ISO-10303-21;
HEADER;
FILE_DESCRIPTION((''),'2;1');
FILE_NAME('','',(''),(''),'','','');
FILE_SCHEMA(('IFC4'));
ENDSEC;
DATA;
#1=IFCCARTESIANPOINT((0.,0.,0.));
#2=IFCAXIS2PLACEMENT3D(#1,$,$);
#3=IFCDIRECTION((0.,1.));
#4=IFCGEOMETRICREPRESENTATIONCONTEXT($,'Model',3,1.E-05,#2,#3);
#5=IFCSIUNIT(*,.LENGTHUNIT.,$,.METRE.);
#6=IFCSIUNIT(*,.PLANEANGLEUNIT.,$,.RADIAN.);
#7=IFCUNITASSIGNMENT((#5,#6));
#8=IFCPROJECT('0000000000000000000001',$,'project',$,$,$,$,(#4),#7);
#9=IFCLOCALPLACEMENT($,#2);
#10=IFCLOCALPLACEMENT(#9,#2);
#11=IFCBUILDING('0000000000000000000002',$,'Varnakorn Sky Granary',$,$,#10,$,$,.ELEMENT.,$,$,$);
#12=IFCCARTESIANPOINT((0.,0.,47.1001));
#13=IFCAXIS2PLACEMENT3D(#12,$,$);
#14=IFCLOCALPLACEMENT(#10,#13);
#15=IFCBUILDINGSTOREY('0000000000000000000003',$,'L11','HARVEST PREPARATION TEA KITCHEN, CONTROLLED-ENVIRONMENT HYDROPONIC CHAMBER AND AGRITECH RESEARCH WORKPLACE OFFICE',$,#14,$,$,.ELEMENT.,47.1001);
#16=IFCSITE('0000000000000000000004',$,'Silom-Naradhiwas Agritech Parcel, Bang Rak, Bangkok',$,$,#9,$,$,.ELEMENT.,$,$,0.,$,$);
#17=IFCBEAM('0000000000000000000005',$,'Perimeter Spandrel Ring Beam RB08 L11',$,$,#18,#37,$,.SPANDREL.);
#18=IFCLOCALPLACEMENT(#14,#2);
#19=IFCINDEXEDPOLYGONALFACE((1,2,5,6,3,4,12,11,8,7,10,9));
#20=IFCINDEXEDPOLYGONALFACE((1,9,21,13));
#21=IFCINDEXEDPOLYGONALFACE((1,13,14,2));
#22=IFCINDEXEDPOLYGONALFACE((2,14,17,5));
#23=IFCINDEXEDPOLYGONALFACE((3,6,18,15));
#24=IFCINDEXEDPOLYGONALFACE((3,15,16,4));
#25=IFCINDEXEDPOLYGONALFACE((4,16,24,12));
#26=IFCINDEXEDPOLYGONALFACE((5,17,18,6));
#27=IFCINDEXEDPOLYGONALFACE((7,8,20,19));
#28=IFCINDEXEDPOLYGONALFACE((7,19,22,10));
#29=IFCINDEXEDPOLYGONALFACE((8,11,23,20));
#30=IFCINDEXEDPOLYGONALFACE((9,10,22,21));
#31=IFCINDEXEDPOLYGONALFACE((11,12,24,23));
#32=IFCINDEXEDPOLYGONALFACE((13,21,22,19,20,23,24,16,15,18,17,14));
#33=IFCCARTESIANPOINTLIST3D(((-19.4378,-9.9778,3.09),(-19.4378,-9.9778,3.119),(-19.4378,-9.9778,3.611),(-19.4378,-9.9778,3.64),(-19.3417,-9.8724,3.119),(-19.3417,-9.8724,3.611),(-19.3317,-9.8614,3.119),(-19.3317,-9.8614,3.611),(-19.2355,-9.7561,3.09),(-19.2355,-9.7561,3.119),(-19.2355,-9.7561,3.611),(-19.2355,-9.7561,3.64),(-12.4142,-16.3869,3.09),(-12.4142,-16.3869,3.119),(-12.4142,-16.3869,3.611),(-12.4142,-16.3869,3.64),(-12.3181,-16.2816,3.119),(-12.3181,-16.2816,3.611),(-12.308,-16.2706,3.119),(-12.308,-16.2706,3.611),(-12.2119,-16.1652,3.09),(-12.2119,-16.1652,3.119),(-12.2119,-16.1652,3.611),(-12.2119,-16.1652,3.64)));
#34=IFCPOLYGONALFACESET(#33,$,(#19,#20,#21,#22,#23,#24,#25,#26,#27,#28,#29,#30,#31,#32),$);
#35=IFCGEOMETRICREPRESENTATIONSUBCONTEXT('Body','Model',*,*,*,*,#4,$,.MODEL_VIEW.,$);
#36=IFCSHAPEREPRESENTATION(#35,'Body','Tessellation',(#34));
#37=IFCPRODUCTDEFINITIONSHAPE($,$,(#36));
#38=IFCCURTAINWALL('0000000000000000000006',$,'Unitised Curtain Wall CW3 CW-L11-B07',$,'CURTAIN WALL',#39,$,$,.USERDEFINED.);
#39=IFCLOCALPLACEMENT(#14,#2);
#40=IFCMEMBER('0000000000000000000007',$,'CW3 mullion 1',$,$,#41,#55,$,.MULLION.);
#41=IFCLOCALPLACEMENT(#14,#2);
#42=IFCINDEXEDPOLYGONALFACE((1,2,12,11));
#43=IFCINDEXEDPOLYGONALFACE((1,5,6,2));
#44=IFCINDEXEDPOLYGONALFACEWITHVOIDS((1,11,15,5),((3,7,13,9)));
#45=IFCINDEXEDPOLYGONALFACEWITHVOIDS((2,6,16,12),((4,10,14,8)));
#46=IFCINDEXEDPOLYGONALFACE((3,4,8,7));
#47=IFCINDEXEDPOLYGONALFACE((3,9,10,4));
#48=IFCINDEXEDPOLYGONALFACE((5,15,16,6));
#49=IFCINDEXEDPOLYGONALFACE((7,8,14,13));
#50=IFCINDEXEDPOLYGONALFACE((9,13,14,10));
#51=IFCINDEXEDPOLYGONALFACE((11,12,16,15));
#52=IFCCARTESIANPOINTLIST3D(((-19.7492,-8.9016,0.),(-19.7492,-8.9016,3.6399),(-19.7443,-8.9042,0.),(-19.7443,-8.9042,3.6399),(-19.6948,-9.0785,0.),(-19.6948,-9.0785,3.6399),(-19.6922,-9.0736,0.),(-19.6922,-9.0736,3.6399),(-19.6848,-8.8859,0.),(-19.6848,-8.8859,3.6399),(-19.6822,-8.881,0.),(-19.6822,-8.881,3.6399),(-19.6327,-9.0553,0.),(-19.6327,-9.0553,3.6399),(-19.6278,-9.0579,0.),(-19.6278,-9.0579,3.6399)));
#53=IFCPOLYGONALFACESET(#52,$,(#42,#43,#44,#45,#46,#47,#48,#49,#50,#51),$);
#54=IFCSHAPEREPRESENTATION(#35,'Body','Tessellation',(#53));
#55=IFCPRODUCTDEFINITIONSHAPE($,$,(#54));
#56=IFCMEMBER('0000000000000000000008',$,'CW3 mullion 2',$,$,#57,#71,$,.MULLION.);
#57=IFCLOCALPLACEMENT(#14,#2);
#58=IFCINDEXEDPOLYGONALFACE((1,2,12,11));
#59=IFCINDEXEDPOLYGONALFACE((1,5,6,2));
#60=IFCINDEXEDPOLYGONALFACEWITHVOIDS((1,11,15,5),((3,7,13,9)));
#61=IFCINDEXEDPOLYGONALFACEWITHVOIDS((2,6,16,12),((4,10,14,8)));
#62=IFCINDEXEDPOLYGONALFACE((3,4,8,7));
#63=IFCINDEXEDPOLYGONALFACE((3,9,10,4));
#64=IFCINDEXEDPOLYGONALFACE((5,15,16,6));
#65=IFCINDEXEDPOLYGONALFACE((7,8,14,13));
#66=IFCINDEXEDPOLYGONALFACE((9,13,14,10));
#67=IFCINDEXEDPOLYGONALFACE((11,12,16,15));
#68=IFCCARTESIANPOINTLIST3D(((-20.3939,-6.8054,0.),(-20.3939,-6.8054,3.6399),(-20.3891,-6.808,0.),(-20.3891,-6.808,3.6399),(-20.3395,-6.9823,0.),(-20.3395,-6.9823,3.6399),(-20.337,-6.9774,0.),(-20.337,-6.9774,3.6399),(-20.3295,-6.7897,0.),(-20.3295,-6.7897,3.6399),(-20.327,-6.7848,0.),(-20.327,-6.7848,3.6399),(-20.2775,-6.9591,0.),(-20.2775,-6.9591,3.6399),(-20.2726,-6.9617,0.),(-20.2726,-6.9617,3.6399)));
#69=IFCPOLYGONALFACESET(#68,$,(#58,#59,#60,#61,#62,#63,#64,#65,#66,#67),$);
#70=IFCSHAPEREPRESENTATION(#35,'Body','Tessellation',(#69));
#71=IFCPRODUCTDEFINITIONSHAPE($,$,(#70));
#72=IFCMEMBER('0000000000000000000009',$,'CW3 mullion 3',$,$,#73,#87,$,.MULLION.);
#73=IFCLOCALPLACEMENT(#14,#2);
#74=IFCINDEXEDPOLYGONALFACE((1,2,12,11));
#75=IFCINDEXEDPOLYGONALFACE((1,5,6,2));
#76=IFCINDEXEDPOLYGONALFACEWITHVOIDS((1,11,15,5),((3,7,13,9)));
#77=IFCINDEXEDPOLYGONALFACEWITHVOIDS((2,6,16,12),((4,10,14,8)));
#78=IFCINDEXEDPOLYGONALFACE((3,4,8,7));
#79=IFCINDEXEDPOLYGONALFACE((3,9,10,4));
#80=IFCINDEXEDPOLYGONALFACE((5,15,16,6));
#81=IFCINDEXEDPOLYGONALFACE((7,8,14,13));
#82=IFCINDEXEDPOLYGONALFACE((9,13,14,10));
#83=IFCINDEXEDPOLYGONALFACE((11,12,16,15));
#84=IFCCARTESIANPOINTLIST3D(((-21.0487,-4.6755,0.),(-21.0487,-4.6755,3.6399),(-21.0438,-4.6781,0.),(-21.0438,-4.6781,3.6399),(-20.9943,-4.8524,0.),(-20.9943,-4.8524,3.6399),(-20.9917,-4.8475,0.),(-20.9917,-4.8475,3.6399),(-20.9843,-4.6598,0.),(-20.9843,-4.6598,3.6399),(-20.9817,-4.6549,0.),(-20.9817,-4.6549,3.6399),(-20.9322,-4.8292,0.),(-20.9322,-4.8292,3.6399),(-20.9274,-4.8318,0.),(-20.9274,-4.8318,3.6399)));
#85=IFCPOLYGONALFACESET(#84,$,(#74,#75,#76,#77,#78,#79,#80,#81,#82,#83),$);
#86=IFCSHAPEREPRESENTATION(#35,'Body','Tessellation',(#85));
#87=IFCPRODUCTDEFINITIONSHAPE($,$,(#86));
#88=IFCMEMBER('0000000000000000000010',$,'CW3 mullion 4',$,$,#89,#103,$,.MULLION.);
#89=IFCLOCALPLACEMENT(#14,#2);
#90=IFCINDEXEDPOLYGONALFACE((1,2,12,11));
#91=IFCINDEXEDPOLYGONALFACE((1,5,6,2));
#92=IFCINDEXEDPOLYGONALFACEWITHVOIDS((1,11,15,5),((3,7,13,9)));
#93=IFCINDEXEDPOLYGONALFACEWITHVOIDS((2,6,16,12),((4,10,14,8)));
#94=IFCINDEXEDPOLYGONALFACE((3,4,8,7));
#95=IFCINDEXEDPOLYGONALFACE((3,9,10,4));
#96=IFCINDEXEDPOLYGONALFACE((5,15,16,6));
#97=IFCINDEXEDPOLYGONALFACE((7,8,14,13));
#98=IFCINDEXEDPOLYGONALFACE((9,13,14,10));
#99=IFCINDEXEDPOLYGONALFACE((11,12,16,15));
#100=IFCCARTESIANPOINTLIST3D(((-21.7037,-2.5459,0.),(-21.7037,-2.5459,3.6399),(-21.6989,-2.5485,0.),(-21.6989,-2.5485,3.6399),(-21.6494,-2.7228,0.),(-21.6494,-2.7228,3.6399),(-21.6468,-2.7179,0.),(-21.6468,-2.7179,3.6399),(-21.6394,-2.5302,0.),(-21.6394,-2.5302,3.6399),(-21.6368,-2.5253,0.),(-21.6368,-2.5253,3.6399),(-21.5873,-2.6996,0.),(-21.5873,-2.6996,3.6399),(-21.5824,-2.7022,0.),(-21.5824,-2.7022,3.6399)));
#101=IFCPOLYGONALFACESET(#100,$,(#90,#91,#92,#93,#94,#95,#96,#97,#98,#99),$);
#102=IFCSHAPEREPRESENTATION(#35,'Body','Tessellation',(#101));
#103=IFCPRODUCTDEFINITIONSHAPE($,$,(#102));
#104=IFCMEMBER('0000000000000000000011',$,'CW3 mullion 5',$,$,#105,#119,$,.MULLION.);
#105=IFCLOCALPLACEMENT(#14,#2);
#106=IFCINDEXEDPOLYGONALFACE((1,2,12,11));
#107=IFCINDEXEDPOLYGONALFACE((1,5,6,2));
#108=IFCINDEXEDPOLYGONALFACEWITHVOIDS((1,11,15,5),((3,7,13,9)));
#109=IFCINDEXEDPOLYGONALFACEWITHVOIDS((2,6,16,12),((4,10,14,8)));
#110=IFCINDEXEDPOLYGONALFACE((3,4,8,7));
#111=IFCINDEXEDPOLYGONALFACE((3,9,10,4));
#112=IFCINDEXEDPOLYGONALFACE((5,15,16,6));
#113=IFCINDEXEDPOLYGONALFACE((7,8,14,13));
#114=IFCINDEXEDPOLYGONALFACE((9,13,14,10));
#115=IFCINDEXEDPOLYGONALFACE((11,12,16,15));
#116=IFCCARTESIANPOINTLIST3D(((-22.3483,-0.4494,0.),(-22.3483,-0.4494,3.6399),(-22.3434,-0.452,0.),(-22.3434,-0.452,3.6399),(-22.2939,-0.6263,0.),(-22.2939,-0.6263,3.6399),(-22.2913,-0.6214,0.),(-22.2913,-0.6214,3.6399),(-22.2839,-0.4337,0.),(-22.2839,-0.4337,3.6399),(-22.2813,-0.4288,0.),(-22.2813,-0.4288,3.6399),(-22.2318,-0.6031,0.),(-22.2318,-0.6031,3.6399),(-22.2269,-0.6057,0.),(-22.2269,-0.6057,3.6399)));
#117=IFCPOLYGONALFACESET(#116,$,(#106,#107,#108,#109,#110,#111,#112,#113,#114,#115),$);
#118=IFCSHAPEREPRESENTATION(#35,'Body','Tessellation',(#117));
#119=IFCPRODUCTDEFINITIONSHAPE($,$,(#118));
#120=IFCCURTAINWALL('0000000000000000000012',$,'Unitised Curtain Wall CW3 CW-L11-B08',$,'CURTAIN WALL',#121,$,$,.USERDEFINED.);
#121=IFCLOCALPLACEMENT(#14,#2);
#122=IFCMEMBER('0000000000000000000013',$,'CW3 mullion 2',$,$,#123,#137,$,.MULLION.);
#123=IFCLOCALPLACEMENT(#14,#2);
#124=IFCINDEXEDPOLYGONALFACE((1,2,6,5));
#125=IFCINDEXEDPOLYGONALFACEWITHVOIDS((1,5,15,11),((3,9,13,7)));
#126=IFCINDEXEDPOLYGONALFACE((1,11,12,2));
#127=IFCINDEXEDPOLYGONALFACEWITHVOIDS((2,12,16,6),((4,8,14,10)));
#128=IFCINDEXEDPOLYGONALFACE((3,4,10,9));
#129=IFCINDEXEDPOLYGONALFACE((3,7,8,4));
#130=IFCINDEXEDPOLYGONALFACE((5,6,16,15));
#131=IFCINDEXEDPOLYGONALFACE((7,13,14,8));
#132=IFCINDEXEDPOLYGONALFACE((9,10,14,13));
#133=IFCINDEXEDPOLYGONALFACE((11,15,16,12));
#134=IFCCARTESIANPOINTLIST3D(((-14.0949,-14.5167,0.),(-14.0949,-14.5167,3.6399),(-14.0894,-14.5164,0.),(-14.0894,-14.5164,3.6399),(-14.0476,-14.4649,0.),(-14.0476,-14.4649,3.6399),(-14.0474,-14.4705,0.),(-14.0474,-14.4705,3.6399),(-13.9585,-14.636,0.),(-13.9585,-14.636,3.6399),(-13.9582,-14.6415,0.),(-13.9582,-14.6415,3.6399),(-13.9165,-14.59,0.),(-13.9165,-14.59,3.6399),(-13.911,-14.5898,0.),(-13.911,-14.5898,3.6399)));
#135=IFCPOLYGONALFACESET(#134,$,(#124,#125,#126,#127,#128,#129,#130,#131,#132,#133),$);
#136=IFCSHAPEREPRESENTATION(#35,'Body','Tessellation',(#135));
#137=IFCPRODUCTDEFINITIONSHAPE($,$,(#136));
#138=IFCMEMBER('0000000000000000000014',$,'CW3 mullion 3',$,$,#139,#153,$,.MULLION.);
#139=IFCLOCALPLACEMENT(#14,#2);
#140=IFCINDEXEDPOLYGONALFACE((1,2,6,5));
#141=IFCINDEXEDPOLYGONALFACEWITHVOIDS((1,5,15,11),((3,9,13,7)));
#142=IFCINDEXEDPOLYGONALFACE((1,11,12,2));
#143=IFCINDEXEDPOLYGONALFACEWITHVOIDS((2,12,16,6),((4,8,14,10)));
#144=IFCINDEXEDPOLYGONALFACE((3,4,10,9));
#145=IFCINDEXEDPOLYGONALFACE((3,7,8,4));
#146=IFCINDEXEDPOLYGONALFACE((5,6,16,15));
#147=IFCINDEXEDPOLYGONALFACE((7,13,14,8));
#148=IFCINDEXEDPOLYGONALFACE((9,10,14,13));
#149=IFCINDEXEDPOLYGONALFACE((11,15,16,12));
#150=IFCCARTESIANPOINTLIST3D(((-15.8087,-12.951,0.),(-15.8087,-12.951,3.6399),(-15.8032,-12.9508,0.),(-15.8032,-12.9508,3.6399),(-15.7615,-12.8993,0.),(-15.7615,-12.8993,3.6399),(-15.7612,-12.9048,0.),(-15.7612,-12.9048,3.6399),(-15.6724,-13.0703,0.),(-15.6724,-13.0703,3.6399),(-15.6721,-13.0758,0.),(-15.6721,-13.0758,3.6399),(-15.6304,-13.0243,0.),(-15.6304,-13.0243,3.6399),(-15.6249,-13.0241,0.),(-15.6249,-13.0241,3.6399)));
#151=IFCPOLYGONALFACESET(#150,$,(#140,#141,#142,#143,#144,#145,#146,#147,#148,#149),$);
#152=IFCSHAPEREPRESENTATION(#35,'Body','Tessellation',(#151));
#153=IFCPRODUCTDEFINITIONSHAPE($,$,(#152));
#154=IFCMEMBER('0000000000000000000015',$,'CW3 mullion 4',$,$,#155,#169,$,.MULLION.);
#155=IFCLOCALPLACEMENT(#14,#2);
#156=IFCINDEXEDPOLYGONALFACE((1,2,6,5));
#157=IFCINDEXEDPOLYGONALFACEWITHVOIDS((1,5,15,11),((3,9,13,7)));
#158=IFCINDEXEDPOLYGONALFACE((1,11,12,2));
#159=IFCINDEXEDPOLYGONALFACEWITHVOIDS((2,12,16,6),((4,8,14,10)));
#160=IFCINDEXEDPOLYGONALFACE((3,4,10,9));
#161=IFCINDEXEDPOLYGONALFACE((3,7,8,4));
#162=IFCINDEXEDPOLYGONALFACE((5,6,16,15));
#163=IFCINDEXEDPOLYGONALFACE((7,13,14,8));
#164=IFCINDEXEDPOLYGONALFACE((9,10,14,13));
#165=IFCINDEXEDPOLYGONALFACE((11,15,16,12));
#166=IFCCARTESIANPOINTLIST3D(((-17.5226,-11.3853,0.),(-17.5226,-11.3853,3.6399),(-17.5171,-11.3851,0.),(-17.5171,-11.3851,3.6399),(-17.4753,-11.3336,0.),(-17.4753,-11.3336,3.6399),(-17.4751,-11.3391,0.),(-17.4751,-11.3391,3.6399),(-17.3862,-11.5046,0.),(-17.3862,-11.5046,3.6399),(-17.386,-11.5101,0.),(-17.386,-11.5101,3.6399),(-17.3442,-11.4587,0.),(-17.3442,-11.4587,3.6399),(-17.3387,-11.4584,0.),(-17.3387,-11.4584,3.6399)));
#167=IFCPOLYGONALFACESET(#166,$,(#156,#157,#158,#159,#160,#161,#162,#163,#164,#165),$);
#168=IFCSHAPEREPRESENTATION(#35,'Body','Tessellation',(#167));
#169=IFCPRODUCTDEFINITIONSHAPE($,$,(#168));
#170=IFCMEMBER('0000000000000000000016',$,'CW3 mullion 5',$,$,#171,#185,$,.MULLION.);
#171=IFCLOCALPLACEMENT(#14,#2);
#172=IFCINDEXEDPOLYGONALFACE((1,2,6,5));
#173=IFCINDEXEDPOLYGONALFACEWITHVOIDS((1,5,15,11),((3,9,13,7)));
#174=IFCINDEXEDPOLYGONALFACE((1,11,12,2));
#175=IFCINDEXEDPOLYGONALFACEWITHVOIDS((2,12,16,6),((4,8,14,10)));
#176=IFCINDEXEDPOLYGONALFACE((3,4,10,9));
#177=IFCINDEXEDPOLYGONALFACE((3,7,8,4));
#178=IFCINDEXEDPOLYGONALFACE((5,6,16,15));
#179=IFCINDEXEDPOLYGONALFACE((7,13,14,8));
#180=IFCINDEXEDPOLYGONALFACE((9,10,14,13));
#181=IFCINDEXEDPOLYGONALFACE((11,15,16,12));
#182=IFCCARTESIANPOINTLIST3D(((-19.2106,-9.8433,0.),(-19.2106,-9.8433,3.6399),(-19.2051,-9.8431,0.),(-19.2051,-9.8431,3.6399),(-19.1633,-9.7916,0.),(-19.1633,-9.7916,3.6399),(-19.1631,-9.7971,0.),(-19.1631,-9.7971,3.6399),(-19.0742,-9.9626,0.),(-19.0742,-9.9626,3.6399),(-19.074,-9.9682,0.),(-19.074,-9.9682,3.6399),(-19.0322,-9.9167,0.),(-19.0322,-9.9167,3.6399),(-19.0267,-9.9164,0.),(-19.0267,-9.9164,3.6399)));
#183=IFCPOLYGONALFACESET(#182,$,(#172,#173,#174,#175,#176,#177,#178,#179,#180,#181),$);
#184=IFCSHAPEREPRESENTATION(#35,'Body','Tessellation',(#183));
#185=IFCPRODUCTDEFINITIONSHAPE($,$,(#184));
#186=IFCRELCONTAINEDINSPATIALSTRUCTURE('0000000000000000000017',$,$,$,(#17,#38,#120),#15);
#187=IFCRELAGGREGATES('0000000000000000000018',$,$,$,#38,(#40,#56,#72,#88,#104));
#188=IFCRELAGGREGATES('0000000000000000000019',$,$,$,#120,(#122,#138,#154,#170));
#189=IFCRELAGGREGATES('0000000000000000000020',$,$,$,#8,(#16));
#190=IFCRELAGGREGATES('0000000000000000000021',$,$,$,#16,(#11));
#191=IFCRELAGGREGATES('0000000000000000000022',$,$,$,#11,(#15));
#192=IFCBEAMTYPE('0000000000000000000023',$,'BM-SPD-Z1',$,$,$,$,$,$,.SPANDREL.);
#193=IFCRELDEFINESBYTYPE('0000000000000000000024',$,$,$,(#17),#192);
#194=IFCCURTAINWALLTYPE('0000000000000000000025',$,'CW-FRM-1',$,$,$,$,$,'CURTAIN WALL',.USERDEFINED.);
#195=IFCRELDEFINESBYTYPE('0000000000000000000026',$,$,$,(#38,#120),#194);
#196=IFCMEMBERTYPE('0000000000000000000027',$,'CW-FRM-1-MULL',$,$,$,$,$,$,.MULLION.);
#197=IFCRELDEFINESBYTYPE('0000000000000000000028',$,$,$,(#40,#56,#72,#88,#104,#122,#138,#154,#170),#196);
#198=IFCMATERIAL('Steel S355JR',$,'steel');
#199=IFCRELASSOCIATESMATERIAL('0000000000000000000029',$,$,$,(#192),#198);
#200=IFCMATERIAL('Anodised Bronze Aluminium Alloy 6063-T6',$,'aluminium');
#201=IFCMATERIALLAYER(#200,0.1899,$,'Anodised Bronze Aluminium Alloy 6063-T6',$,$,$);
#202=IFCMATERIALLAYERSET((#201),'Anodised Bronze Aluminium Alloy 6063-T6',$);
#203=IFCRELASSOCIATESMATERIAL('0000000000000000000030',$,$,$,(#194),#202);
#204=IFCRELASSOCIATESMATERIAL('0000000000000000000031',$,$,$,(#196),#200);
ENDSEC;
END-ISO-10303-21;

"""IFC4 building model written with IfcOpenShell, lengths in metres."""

from ifc_helpers import new_model, si_unit, direction, frame, origin, origin_2d, place, context, subcontext, project, spatial, hollow_rectangle, i_section, extrude, material, layer, layer_set, material_profile, profile_set, type_object, element, aggregate, save


model = new_model("IFC4")

# Units and contexts
model_context = context("Model", 3, precision=1e-05, world=origin(), true_north=direction((0.0, 1.0)))
body_context = subcontext(model_context, "Body", "Model", "MODEL_VIEW")
ifc_project = project(units=[si_unit("LENGTHUNIT", "METRE"), si_unit("PLANEANGLEUNIT", "RADIAN")], contexts=[model_context])

# Site, building, storey
site_placement = place(None, origin())
site = spatial("IfcSite", under=ifc_project, at=site_placement, Name="Silom-Naradhiwas Agritech Parcel, Bang Rak, Bangkok", CompositionType="ELEMENT", RefElevation=0.0)
building_placement = place(site_placement, origin())
building = spatial("IfcBuilding", under=site, at=building_placement, Name="Varnakorn Sky Granary", CompositionType="ELEMENT")
storey_placement = place(building_placement, frame((0.0, 0.0, 47.1001)))
storey = spatial("IfcBuildingStorey", under=building, at=storey_placement, Name="L11", Description="HARVEST PREPARATION TEA KITCHEN, CONTROLLED-ENVIRONMENT HYDROPONIC CHAMBER AND AGRITECH RESEARCH WORKPLACE OFFICE", CompositionType="ELEMENT", Elevation=47.1001)

# Beam
ifc_material_1 = material(Name="Steel S355JR", Category="steel")
ifc_material_profile_1 = material_profile(ifc_material_1, i_section(OverallWidth=0.3, OverallDepth=0.55, WebThickness=0.0149, FlangeThickness=0.0291, at=origin_2d()), Name="HE 550 B")
ifc_profile_set_1 = profile_set([ifc_material_profile_1], Name="Steel S355JR")
beam_type = type_object("IfcBeamType", Name="BM-SPD-Z1", PredefinedType="SPANDREL", material=ifc_profile_set_1)
beam_1_placement = place(storey_placement, frame((-19.3367, -9.8669, 3.365), z_axis=(0.738682, -0.674054, 0.0), x_axis=(0.674054, 0.738682, 0.0)))
element("IfcBeam", 1, at=beam_1_placement, inside=storey, type_object=beam_type, Name="Perimeter Spandrel Ring Beam RB08 L11", PredefinedType="SPANDREL", context=body_context, shape_type="SweptSolid", body=[
    extrude(i_section(OverallWidth=0.3, OverallDepth=0.55, WebThickness=0.0149, FlangeThickness=0.0291, at=origin_2d()), origin(), (0.0, 0.0, 1.0), 9.5083),
])

# Curtain walls, members
ifc_material_2 = material(Name="Anodised Bronze Aluminium Alloy 6063-T6", Category="aluminium")
ifc_layer_1 = layer(ifc_material_2, 0.1899, Name="Anodised Bronze Aluminium Alloy 6063-T6")
ifc_layer_set_1 = layer_set([ifc_layer_1], Name="Anodised Bronze Aluminium Alloy 6063-T6")
curtain_wall_type = type_object("IfcCurtainWallType", Name="CW-FRM-1", ElementType="CURTAIN WALL", PredefinedType="USERDEFINED", material=ifc_layer_set_1)
curtain_wall_1_placement = place(storey_placement, origin())
curtain_wall_1 = element("IfcCurtainWall", 2, at=curtain_wall_1_placement, inside=storey, type_object=curtain_wall_type, Name="Unitised Curtain Wall CW3 CW-L11-B07", ObjectType="CURTAIN WALL", PredefinedType="USERDEFINED")
ifc_material_profile_2 = material_profile(ifc_material_2, hollow_rectangle(XDim=0.0701, YDim=0.1851, WallThickness=0.0039, at=origin_2d()), Name="ALU MULL 70x185")
ifc_profile_set_2 = profile_set([ifc_material_profile_2], Name="Anodised Bronze Aluminium Alloy 6063-T6")
member_type_1 = type_object("IfcMemberType", Name="CW-FRM-1-MULL", PredefinedType="MULLION", material=ifc_profile_set_2)
member_1_placement = place(storey_placement, frame((-19.6885, -8.9797, 0.0), z_axis=(0.0, 0.0, 1.0), x_axis=(-0.955828, -0.293926, 0.0)))
member_1 = element("IfcMember", 3, at=member_1_placement, type_object=member_type_1, Name="CW3 mullion 1", PredefinedType="MULLION", context=body_context, shape_type="SweptSolid", body=[
    extrude(hollow_rectangle(XDim=0.0701, YDim=0.1851, WallThickness=0.0039, at=origin_2d()), origin(), (0.0, 0.0, 1.0), 3.6399),
])
member_2_placement = place(storey_placement, frame((-20.3333, -6.8835, 0.0), z_axis=(0.0, 0.0, 1.0), x_axis=(-0.955828, -0.293926, 0.0)))
member_2 = element("IfcMember", 4, at=member_2_placement, type_object=member_type_1, Name="CW3 mullion 2", PredefinedType="MULLION", context=body_context, shape_type="SweptSolid", body=[
    extrude(hollow_rectangle(XDim=0.0701, YDim=0.1851, WallThickness=0.0039, at=origin_2d()), origin(), (0.0, 0.0, 1.0), 3.6399),
])
member_3_placement = place(storey_placement, frame((-20.988, -4.7537, 0.0), z_axis=(0.0, 0.0, 1.0), x_axis=(-0.955828, -0.293926, 0.0)))
member_3 = element("IfcMember", 5, at=member_3_placement, type_object=member_type_1, Name="CW3 mullion 3", PredefinedType="MULLION", context=body_context, shape_type="SweptSolid", body=[
    extrude(hollow_rectangle(XDim=0.0701, YDim=0.1851, WallThickness=0.0039, at=origin_2d()), origin(), (0.0, 0.0, 1.0), 3.6399),
])
member_4_placement = place(storey_placement, frame((-21.6431, -2.624, 0.0), z_axis=(0.0, 0.0, 1.0), x_axis=(-0.955828, -0.293926, 0.0)))
member_4 = element("IfcMember", 6, at=member_4_placement, type_object=member_type_1, Name="CW3 mullion 4", PredefinedType="MULLION", context=body_context, shape_type="SweptSolid", body=[
    extrude(hollow_rectangle(XDim=0.0701, YDim=0.1851, WallThickness=0.0039, at=origin_2d()), origin(), (0.0, 0.0, 1.0), 3.6399),
])
member_5_placement = place(storey_placement, frame((-22.2876, -0.5276, 0.0), z_axis=(0.0, 0.0, 1.0), x_axis=(-0.955828, -0.293926, 0.0)))
member_5 = element("IfcMember", 7, at=member_5_placement, type_object=member_type_1, Name="CW3 mullion 5", PredefinedType="MULLION", context=body_context, shape_type="SweptSolid", body=[
    extrude(hollow_rectangle(XDim=0.0701, YDim=0.1851, WallThickness=0.0039, at=origin_2d()), origin(), (0.0, 0.0, 1.0), 3.6399),
])
curtain_wall_2_placement = place(storey_placement, origin())
curtain_wall_2 = element("IfcCurtainWall", 8, at=curtain_wall_2_placement, inside=storey, type_object=curtain_wall_type, Name="Unitised Curtain Wall CW3 CW-L11-B08", ObjectType="CURTAIN WALL", PredefinedType="USERDEFINED")
member_6_placement = place(storey_placement, frame((-14.0029, -14.5532, 0.0), z_axis=(0.0, 0.0, 1.0), x_axis=(-0.674464, -0.738307, 0.0)))
member_6 = element("IfcMember", 9, at=member_6_placement, type_object=member_type_1, Name="CW3 mullion 2", PredefinedType="MULLION", context=body_context, shape_type="SweptSolid", body=[
    extrude(hollow_rectangle(XDim=0.0701, YDim=0.1851, WallThickness=0.0039, at=origin_2d()), origin(), (0.0, 0.0, 1.0), 3.6399),
])
member_7_placement = place(storey_placement, frame((-15.7168, -12.9875, 0.0), z_axis=(0.0, 0.0, 1.0), x_axis=(-0.674464, -0.738307, 0.0)))
member_7 = element("IfcMember", 10, at=member_7_placement, type_object=member_type_1, Name="CW3 mullion 3", PredefinedType="MULLION", context=body_context, shape_type="SweptSolid", body=[
    extrude(hollow_rectangle(XDim=0.0701, YDim=0.1851, WallThickness=0.0039, at=origin_2d()), origin(), (0.0, 0.0, 1.0), 3.6399),
])
member_8_placement = place(storey_placement, frame((-17.4307, -11.4219, 0.0), z_axis=(0.0, 0.0, 1.0), x_axis=(-0.674464, -0.738307, 0.0)))
member_8 = element("IfcMember", 11, at=member_8_placement, type_object=member_type_1, Name="CW3 mullion 4", PredefinedType="MULLION", context=body_context, shape_type="SweptSolid", body=[
    extrude(hollow_rectangle(XDim=0.0701, YDim=0.1851, WallThickness=0.0039, at=origin_2d()), origin(), (0.0, 0.0, 1.0), 3.6399),
])
member_9_placement = place(storey_placement, frame((-19.1187, -9.8799, 0.0), z_axis=(0.0, 0.0, 1.0), x_axis=(-0.674464, -0.738307, 0.0)))
member_9 = element("IfcMember", 12, at=member_9_placement, type_object=member_type_1, Name="CW3 mullion 5", PredefinedType="MULLION", context=body_context, shape_type="SweptSolid", body=[
    extrude(hollow_rectangle(XDim=0.0701, YDim=0.1851, WallThickness=0.0039, at=origin_2d()), origin(), (0.0, 0.0, 1.0), 3.6399),
])

aggregate(curtain_wall_1, [member_1, member_2, member_3, member_4, member_5])
aggregate(curtain_wall_2, [member_6, member_7, member_8, member_9])

save(model, "model.ifc")
